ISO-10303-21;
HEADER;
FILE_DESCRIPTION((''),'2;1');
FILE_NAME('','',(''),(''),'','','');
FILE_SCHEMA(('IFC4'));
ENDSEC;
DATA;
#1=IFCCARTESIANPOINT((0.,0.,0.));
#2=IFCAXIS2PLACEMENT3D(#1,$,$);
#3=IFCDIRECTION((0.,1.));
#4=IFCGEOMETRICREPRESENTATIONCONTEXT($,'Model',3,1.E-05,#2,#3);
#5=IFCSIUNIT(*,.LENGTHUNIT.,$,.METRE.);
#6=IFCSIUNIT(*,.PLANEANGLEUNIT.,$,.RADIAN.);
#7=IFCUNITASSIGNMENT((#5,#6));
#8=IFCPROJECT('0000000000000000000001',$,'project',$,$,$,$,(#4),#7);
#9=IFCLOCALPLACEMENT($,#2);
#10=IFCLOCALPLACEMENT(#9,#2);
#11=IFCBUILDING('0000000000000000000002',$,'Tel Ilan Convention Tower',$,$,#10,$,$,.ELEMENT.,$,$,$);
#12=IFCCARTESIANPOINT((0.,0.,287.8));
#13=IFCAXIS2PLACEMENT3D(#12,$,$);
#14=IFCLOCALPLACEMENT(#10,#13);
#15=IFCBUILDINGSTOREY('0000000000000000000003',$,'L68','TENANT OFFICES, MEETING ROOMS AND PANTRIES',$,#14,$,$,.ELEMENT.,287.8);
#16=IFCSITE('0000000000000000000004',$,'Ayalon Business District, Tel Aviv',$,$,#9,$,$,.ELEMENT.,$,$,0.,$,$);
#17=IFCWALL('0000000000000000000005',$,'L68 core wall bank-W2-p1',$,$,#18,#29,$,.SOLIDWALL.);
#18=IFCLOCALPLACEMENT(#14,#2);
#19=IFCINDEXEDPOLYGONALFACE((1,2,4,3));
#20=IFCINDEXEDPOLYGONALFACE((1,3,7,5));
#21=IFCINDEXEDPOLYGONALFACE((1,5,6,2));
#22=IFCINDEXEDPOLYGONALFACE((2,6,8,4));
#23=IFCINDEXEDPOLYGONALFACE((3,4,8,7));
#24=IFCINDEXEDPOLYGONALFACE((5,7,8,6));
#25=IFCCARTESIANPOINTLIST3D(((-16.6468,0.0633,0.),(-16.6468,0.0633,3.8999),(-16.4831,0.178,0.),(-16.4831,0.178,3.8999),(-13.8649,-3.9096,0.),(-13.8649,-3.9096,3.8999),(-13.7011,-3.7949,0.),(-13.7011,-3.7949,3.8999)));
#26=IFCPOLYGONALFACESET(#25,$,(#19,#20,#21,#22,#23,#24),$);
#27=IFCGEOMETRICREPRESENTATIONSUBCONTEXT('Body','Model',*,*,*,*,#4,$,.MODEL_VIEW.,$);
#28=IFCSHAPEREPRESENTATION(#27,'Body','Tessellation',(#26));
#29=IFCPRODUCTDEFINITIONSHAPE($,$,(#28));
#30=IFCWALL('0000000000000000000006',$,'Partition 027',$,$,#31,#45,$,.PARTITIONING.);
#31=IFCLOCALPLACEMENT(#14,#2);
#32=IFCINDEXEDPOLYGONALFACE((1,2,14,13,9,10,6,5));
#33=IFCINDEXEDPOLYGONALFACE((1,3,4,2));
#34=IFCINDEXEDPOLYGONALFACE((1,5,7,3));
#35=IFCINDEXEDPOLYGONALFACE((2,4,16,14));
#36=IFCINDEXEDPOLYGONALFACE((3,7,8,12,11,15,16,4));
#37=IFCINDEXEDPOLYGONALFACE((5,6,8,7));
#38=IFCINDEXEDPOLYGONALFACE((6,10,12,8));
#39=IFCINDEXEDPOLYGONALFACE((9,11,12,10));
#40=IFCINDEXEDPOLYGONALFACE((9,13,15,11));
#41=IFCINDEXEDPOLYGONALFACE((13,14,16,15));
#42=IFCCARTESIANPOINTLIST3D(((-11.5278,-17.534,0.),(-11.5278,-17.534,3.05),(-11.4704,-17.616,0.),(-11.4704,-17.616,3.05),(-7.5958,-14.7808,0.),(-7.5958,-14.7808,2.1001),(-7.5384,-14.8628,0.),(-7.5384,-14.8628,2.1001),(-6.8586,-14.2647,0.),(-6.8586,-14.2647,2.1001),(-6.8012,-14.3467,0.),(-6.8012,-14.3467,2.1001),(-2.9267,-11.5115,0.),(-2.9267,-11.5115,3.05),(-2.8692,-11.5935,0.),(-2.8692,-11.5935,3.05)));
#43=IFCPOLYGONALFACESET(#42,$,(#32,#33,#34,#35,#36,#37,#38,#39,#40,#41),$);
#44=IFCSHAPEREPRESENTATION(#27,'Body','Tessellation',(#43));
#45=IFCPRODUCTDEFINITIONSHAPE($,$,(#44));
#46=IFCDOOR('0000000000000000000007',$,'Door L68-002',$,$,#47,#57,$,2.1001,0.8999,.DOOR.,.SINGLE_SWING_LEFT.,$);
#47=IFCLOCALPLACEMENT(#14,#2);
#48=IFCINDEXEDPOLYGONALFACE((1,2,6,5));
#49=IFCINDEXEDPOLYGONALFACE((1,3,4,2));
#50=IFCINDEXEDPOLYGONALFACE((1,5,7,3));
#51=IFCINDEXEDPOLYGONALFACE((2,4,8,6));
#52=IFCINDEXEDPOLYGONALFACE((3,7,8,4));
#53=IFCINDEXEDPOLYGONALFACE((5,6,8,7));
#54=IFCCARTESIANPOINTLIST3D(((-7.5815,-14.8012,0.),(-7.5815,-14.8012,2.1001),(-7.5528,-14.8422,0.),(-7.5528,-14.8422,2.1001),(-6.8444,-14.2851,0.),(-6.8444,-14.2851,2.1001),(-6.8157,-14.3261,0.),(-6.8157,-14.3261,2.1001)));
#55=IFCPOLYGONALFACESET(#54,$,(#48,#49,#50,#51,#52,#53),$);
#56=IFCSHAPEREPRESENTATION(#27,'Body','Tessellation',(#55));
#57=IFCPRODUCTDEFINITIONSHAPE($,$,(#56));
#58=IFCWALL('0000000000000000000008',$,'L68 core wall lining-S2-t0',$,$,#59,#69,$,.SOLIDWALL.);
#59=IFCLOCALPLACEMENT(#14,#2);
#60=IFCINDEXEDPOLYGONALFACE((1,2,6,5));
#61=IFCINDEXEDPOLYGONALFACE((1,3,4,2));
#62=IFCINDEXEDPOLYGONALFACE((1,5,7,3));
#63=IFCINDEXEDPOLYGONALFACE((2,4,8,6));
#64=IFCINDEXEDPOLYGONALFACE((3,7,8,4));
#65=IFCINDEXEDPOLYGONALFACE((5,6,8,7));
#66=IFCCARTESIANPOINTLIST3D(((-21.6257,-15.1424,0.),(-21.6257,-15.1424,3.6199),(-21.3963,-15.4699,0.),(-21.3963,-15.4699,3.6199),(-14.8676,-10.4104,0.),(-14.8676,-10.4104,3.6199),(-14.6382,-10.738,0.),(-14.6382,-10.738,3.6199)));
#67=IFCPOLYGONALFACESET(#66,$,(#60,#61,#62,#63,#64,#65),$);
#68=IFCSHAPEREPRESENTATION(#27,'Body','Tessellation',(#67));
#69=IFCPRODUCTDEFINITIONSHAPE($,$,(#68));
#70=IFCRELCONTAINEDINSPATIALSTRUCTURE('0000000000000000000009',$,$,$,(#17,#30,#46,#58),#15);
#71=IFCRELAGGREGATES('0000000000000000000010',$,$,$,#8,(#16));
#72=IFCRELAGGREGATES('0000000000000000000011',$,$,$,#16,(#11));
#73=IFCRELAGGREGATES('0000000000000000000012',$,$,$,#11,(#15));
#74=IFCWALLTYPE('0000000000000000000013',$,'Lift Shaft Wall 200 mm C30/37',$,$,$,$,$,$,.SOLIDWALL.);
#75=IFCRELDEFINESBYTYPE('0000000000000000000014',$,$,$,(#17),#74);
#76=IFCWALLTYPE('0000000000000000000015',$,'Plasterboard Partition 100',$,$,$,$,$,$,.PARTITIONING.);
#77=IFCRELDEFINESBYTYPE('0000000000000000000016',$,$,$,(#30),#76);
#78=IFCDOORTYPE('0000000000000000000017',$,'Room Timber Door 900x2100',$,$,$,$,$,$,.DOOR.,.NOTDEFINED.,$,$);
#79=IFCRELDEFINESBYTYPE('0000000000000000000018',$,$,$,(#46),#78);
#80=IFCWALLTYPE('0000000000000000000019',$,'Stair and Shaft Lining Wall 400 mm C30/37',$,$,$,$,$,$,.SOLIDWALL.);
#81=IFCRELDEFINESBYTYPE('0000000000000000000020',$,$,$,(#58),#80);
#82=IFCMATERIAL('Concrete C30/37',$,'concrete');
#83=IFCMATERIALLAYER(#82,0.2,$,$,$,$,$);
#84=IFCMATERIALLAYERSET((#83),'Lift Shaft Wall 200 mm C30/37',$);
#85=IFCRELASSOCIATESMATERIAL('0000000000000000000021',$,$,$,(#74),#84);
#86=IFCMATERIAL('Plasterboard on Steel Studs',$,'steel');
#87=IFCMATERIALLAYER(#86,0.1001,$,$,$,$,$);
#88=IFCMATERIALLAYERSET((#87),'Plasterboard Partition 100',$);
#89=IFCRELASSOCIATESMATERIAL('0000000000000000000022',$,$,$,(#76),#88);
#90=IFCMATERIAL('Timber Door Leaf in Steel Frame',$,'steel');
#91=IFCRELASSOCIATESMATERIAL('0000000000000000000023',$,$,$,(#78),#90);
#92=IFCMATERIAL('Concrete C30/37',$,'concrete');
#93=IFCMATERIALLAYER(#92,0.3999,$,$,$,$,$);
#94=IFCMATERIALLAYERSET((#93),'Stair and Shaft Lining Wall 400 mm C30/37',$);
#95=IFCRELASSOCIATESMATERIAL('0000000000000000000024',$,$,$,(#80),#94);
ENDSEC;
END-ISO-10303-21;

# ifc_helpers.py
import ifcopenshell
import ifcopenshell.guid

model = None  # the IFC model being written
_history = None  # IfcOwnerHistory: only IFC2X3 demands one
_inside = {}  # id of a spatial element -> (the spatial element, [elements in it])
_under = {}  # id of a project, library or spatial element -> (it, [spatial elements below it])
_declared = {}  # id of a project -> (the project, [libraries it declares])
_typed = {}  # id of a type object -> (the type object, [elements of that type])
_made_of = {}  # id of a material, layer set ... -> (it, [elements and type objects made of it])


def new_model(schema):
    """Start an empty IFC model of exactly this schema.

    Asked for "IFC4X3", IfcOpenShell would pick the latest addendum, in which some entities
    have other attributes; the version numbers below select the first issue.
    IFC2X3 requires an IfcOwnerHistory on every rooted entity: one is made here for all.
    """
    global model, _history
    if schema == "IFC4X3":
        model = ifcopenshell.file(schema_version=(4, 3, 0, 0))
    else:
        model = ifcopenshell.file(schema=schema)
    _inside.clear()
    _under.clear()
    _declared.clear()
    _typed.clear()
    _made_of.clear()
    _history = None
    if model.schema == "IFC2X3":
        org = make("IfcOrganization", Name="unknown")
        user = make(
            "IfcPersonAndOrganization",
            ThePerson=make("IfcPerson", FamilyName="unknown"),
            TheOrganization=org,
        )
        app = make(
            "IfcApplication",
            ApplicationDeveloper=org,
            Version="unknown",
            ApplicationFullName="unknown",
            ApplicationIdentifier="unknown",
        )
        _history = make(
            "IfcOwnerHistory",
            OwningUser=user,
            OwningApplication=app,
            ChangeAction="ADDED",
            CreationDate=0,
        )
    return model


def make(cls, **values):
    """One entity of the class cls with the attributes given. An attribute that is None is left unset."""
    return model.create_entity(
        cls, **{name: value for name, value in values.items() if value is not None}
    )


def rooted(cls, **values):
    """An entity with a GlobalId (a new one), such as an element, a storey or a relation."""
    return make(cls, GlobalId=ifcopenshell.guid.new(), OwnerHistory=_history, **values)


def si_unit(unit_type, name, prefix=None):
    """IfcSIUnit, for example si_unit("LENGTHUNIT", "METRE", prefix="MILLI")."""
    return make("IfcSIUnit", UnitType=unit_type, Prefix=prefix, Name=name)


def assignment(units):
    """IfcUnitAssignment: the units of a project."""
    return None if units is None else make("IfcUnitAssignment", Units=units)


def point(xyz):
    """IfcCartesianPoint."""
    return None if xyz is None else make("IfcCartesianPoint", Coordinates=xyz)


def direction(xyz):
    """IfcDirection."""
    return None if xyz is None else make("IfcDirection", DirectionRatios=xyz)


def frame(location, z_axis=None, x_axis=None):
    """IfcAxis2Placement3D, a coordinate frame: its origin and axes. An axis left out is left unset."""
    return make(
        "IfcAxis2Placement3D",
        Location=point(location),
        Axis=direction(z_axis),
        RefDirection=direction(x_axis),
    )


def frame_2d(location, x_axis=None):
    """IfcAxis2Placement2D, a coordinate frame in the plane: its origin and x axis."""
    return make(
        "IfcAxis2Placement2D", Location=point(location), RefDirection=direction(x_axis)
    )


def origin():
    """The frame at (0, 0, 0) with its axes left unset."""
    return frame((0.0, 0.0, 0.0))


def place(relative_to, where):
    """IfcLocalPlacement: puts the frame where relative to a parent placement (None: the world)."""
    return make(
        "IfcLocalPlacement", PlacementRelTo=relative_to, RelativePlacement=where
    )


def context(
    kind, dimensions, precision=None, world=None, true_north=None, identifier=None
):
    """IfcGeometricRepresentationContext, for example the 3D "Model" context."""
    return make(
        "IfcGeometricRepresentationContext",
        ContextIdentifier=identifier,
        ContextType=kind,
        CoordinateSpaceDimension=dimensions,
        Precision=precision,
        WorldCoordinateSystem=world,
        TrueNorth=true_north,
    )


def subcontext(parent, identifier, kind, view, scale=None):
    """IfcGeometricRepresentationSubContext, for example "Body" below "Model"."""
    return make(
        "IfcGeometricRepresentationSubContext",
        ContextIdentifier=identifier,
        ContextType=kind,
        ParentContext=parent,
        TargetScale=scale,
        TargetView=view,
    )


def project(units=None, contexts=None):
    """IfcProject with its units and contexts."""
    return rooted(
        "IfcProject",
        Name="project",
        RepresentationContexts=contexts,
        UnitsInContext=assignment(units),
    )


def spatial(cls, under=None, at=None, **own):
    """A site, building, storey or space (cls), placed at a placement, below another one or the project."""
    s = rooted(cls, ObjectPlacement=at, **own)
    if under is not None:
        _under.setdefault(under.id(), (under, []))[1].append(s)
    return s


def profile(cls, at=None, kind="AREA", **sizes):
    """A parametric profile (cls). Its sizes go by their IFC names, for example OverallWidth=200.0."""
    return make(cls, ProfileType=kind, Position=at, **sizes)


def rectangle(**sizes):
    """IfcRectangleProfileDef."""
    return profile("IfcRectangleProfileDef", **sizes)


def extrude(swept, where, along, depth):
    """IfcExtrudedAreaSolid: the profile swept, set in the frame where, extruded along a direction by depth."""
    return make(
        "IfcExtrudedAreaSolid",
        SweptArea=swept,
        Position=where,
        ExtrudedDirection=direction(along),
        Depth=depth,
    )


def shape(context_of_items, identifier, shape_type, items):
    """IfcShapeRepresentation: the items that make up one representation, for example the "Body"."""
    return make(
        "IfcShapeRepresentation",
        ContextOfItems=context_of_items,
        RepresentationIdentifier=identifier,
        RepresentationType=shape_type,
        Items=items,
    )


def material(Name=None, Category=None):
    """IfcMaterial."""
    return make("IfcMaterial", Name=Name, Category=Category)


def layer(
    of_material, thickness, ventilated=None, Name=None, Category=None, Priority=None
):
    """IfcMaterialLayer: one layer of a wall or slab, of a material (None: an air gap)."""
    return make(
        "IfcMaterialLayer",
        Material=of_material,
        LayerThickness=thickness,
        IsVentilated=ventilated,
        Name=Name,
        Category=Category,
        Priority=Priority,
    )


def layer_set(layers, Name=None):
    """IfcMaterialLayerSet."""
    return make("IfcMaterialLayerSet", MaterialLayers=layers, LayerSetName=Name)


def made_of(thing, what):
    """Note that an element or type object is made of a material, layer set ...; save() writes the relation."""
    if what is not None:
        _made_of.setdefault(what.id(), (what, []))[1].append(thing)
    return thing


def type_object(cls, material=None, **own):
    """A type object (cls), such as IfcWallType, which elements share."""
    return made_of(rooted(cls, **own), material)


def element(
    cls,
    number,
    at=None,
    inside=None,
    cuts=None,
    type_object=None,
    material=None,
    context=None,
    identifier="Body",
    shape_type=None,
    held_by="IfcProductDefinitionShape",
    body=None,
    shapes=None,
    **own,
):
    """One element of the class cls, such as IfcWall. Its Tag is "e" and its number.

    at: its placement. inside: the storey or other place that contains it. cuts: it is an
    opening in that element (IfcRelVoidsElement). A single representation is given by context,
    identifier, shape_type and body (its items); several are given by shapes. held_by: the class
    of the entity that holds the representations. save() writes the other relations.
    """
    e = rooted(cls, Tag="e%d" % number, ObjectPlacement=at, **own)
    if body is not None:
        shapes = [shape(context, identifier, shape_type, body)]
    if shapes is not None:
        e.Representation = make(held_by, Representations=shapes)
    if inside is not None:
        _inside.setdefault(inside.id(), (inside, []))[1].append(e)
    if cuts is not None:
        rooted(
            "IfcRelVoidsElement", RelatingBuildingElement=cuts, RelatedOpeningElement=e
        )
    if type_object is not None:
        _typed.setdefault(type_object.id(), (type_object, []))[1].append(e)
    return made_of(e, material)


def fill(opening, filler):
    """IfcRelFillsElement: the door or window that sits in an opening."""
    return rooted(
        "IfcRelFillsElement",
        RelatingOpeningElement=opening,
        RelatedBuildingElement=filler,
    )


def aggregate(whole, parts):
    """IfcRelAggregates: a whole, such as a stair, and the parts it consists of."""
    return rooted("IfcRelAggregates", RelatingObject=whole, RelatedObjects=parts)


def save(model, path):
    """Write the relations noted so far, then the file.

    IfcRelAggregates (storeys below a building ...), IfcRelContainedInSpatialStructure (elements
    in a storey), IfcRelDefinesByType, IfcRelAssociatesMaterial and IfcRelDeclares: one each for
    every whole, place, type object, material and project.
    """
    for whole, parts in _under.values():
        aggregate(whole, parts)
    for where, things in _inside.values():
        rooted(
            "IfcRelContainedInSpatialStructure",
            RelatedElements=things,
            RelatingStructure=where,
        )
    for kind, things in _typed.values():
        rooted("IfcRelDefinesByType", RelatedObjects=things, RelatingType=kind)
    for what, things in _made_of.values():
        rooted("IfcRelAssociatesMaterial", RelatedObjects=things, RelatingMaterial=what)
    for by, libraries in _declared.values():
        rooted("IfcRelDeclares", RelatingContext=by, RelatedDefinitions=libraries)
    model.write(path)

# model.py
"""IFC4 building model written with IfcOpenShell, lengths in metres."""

from ifc_helpers import new_model, si_unit, direction, frame, frame_2d, origin, place, context, subcontext, project, spatial, rectangle, extrude, material, layer, layer_set, type_object, element, fill, save


model = new_model("IFC4")

# Units and contexts
model_context = context("Model", 3, precision=1e-05, world=origin(), true_north=direction((0.0, 1.0)))
body_context = subcontext(model_context, "Body", "Model", "MODEL_VIEW")
ifc_project = project(units=[si_unit("LENGTHUNIT", "METRE"), si_unit("PLANEANGLEUNIT", "RADIAN")], contexts=[model_context])

# Site, building, storey
site_placement = place(None, origin())
site = spatial("IfcSite", under=ifc_project, at=site_placement, Name="Ayalon Business District, Tel Aviv", CompositionType="ELEMENT", RefElevation=0.0)
building_placement = place(site_placement, origin())
building = spatial("IfcBuilding", under=site, at=building_placement, Name="Tel Ilan Convention Tower", CompositionType="ELEMENT")
storey_placement = place(building_placement, frame((0.0, 0.0, 287.8)))
storey = spatial("IfcBuildingStorey", under=building, at=storey_placement, Name="L68", Description="TENANT OFFICES, MEETING ROOMS AND PANTRIES", CompositionType="ELEMENT", Elevation=287.8)

# Wall
ifc_material_1 = material(Name="Concrete C30/37", Category="concrete")
ifc_layer_1 = layer(ifc_material_1, 0.2)
ifc_layer_set_1 = layer_set([ifc_layer_1], Name="Lift Shaft Wall 200 mm C30/37")
wall_type_1 = type_object("IfcWallType", Name="Lift Shaft Wall 200 mm C30/37", PredefinedType="SOLIDWALL", material=ifc_layer_set_1)
wall_1_placement = place(storey_placement, frame((-13.783, -3.8523, 0.0), z_axis=(0.0, 0.0, 1.0), x_axis=(-0.573594, 0.81914, 0.0)))
element("IfcWall", 1, at=wall_1_placement, inside=storey, type_object=wall_type_1, Name="L68 core wall bank-W2-p1", PredefinedType="SOLIDWALL", context=body_context, shape_type="SweptSolid", body=[
    extrude(rectangle(XDim=4.8501, YDim=0.2, at=frame_2d((2.425, 0.0))), origin(), (0.0, 0.0, 1.0), 3.8999),
])

# Wall, opening, door
ifc_material_2 = material(Name="Plasterboard on Steel Studs", Category="steel")
ifc_layer_2 = layer(ifc_material_2, 0.1001)
ifc_layer_set_2 = layer_set([ifc_layer_2], Name="Plasterboard Partition 100")
wall_type_2 = type_object("IfcWallType", Name="Plasterboard Partition 100", PredefinedType="PARTITIONING", material=ifc_layer_set_2)
wall_2_placement = place(storey_placement, frame((-2.8979, -11.5525, 0.0), z_axis=(0.0, 0.0, 1.0), x_axis=(-0.819155, -0.573572, 0.0)))
wall_2 = element("IfcWall", 2, at=wall_2_placement, inside=storey, type_object=wall_type_2, Name="Partition 027", PredefinedType="PARTITIONING", context=body_context, shape_type="SweptSolid", body=[
    extrude(rectangle(XDim=10.5, YDim=0.1001, at=frame_2d((5.25, 0.0))), origin(), (0.0, 0.0, 1.0), 3.05),
])
opening_1_placement = place(wall_2_placement, frame((4.8, 0.0, 0.0)))
opening_1 = element("IfcOpeningElement", 3, at=opening_1_placement, cuts=wall_2, PredefinedType="OPENING", context=body_context, shape_type="SweptSolid", body=[
    extrude(rectangle(XDim=0.8999, YDim=2.1001, at=frame_2d((0.45, 1.05))), frame((0.0, 0.0601, 0.0), z_axis=(0.0, -1.0, 0.0), x_axis=(1.0, 0.0, 0.0)), (0.0, 0.0, 1.0), 0.1201),
])
ifc_material_3 = material(Name="Timber Door Leaf in Steel Frame", Category="steel")
door_type_1 = type_object("IfcDoorType", Name="Room Timber Door 900x2100", OperationType="NOTDEFINED", PredefinedType="DOOR", material=ifc_material_3)
door_1_placement = place(opening_1_placement, origin())
door_1 = element("IfcDoor", 4, at=door_1_placement, inside=storey, type_object=door_type_1, Name="Door L68-002", OperationType="SINGLE_SWING_LEFT", OverallHeight=2.1001, OverallWidth=0.8999, PredefinedType="DOOR", context=body_context, shape_type="SweptSolid", body=[
    extrude(rectangle(XDim=0.8999, YDim=2.1001, at=frame_2d((0.45, 1.05))), frame((0.0, 0.0249, 0.0), z_axis=(0.0, -1.0, 0.0), x_axis=(1.0, 0.0, 0.0)), (0.0, 0.0, 1.0), 0.05),
])
fill(opening_1, door_1)

# Wall
ifc_material_4 = material(Name="Concrete C30/37", Category="concrete")
ifc_layer_3 = layer(ifc_material_4, 0.3999)
ifc_layer_set_3 = layer_set([ifc_layer_3], Name="Stair and Shaft Lining Wall 400 mm C30/37")
wall_type_3 = type_object("IfcWallType", Name="Stair and Shaft Lining Wall 400 mm C30/37", PredefinedType="SOLIDWALL", material=ifc_layer_set_3)
wall_3_placement = place(storey_placement, frame((-14.7529, -10.5742, 0.0), z_axis=(0.0, 0.0, 1.0), x_axis=(-0.819158, -0.573568, 0.0)))
element("IfcWall", 5, at=wall_3_placement, inside=storey, type_object=wall_type_3, Name="L68 core wall lining-S2-t0", PredefinedType="SOLIDWALL", context=body_context, shape_type="SweptSolid", body=[
    extrude(rectangle(XDim=8.25, YDim=0.3999, at=frame_2d((4.125, 0.0))), origin(), (0.0, 0.0, 1.0), 3.6199),
])

save(model, "model.ifc")
